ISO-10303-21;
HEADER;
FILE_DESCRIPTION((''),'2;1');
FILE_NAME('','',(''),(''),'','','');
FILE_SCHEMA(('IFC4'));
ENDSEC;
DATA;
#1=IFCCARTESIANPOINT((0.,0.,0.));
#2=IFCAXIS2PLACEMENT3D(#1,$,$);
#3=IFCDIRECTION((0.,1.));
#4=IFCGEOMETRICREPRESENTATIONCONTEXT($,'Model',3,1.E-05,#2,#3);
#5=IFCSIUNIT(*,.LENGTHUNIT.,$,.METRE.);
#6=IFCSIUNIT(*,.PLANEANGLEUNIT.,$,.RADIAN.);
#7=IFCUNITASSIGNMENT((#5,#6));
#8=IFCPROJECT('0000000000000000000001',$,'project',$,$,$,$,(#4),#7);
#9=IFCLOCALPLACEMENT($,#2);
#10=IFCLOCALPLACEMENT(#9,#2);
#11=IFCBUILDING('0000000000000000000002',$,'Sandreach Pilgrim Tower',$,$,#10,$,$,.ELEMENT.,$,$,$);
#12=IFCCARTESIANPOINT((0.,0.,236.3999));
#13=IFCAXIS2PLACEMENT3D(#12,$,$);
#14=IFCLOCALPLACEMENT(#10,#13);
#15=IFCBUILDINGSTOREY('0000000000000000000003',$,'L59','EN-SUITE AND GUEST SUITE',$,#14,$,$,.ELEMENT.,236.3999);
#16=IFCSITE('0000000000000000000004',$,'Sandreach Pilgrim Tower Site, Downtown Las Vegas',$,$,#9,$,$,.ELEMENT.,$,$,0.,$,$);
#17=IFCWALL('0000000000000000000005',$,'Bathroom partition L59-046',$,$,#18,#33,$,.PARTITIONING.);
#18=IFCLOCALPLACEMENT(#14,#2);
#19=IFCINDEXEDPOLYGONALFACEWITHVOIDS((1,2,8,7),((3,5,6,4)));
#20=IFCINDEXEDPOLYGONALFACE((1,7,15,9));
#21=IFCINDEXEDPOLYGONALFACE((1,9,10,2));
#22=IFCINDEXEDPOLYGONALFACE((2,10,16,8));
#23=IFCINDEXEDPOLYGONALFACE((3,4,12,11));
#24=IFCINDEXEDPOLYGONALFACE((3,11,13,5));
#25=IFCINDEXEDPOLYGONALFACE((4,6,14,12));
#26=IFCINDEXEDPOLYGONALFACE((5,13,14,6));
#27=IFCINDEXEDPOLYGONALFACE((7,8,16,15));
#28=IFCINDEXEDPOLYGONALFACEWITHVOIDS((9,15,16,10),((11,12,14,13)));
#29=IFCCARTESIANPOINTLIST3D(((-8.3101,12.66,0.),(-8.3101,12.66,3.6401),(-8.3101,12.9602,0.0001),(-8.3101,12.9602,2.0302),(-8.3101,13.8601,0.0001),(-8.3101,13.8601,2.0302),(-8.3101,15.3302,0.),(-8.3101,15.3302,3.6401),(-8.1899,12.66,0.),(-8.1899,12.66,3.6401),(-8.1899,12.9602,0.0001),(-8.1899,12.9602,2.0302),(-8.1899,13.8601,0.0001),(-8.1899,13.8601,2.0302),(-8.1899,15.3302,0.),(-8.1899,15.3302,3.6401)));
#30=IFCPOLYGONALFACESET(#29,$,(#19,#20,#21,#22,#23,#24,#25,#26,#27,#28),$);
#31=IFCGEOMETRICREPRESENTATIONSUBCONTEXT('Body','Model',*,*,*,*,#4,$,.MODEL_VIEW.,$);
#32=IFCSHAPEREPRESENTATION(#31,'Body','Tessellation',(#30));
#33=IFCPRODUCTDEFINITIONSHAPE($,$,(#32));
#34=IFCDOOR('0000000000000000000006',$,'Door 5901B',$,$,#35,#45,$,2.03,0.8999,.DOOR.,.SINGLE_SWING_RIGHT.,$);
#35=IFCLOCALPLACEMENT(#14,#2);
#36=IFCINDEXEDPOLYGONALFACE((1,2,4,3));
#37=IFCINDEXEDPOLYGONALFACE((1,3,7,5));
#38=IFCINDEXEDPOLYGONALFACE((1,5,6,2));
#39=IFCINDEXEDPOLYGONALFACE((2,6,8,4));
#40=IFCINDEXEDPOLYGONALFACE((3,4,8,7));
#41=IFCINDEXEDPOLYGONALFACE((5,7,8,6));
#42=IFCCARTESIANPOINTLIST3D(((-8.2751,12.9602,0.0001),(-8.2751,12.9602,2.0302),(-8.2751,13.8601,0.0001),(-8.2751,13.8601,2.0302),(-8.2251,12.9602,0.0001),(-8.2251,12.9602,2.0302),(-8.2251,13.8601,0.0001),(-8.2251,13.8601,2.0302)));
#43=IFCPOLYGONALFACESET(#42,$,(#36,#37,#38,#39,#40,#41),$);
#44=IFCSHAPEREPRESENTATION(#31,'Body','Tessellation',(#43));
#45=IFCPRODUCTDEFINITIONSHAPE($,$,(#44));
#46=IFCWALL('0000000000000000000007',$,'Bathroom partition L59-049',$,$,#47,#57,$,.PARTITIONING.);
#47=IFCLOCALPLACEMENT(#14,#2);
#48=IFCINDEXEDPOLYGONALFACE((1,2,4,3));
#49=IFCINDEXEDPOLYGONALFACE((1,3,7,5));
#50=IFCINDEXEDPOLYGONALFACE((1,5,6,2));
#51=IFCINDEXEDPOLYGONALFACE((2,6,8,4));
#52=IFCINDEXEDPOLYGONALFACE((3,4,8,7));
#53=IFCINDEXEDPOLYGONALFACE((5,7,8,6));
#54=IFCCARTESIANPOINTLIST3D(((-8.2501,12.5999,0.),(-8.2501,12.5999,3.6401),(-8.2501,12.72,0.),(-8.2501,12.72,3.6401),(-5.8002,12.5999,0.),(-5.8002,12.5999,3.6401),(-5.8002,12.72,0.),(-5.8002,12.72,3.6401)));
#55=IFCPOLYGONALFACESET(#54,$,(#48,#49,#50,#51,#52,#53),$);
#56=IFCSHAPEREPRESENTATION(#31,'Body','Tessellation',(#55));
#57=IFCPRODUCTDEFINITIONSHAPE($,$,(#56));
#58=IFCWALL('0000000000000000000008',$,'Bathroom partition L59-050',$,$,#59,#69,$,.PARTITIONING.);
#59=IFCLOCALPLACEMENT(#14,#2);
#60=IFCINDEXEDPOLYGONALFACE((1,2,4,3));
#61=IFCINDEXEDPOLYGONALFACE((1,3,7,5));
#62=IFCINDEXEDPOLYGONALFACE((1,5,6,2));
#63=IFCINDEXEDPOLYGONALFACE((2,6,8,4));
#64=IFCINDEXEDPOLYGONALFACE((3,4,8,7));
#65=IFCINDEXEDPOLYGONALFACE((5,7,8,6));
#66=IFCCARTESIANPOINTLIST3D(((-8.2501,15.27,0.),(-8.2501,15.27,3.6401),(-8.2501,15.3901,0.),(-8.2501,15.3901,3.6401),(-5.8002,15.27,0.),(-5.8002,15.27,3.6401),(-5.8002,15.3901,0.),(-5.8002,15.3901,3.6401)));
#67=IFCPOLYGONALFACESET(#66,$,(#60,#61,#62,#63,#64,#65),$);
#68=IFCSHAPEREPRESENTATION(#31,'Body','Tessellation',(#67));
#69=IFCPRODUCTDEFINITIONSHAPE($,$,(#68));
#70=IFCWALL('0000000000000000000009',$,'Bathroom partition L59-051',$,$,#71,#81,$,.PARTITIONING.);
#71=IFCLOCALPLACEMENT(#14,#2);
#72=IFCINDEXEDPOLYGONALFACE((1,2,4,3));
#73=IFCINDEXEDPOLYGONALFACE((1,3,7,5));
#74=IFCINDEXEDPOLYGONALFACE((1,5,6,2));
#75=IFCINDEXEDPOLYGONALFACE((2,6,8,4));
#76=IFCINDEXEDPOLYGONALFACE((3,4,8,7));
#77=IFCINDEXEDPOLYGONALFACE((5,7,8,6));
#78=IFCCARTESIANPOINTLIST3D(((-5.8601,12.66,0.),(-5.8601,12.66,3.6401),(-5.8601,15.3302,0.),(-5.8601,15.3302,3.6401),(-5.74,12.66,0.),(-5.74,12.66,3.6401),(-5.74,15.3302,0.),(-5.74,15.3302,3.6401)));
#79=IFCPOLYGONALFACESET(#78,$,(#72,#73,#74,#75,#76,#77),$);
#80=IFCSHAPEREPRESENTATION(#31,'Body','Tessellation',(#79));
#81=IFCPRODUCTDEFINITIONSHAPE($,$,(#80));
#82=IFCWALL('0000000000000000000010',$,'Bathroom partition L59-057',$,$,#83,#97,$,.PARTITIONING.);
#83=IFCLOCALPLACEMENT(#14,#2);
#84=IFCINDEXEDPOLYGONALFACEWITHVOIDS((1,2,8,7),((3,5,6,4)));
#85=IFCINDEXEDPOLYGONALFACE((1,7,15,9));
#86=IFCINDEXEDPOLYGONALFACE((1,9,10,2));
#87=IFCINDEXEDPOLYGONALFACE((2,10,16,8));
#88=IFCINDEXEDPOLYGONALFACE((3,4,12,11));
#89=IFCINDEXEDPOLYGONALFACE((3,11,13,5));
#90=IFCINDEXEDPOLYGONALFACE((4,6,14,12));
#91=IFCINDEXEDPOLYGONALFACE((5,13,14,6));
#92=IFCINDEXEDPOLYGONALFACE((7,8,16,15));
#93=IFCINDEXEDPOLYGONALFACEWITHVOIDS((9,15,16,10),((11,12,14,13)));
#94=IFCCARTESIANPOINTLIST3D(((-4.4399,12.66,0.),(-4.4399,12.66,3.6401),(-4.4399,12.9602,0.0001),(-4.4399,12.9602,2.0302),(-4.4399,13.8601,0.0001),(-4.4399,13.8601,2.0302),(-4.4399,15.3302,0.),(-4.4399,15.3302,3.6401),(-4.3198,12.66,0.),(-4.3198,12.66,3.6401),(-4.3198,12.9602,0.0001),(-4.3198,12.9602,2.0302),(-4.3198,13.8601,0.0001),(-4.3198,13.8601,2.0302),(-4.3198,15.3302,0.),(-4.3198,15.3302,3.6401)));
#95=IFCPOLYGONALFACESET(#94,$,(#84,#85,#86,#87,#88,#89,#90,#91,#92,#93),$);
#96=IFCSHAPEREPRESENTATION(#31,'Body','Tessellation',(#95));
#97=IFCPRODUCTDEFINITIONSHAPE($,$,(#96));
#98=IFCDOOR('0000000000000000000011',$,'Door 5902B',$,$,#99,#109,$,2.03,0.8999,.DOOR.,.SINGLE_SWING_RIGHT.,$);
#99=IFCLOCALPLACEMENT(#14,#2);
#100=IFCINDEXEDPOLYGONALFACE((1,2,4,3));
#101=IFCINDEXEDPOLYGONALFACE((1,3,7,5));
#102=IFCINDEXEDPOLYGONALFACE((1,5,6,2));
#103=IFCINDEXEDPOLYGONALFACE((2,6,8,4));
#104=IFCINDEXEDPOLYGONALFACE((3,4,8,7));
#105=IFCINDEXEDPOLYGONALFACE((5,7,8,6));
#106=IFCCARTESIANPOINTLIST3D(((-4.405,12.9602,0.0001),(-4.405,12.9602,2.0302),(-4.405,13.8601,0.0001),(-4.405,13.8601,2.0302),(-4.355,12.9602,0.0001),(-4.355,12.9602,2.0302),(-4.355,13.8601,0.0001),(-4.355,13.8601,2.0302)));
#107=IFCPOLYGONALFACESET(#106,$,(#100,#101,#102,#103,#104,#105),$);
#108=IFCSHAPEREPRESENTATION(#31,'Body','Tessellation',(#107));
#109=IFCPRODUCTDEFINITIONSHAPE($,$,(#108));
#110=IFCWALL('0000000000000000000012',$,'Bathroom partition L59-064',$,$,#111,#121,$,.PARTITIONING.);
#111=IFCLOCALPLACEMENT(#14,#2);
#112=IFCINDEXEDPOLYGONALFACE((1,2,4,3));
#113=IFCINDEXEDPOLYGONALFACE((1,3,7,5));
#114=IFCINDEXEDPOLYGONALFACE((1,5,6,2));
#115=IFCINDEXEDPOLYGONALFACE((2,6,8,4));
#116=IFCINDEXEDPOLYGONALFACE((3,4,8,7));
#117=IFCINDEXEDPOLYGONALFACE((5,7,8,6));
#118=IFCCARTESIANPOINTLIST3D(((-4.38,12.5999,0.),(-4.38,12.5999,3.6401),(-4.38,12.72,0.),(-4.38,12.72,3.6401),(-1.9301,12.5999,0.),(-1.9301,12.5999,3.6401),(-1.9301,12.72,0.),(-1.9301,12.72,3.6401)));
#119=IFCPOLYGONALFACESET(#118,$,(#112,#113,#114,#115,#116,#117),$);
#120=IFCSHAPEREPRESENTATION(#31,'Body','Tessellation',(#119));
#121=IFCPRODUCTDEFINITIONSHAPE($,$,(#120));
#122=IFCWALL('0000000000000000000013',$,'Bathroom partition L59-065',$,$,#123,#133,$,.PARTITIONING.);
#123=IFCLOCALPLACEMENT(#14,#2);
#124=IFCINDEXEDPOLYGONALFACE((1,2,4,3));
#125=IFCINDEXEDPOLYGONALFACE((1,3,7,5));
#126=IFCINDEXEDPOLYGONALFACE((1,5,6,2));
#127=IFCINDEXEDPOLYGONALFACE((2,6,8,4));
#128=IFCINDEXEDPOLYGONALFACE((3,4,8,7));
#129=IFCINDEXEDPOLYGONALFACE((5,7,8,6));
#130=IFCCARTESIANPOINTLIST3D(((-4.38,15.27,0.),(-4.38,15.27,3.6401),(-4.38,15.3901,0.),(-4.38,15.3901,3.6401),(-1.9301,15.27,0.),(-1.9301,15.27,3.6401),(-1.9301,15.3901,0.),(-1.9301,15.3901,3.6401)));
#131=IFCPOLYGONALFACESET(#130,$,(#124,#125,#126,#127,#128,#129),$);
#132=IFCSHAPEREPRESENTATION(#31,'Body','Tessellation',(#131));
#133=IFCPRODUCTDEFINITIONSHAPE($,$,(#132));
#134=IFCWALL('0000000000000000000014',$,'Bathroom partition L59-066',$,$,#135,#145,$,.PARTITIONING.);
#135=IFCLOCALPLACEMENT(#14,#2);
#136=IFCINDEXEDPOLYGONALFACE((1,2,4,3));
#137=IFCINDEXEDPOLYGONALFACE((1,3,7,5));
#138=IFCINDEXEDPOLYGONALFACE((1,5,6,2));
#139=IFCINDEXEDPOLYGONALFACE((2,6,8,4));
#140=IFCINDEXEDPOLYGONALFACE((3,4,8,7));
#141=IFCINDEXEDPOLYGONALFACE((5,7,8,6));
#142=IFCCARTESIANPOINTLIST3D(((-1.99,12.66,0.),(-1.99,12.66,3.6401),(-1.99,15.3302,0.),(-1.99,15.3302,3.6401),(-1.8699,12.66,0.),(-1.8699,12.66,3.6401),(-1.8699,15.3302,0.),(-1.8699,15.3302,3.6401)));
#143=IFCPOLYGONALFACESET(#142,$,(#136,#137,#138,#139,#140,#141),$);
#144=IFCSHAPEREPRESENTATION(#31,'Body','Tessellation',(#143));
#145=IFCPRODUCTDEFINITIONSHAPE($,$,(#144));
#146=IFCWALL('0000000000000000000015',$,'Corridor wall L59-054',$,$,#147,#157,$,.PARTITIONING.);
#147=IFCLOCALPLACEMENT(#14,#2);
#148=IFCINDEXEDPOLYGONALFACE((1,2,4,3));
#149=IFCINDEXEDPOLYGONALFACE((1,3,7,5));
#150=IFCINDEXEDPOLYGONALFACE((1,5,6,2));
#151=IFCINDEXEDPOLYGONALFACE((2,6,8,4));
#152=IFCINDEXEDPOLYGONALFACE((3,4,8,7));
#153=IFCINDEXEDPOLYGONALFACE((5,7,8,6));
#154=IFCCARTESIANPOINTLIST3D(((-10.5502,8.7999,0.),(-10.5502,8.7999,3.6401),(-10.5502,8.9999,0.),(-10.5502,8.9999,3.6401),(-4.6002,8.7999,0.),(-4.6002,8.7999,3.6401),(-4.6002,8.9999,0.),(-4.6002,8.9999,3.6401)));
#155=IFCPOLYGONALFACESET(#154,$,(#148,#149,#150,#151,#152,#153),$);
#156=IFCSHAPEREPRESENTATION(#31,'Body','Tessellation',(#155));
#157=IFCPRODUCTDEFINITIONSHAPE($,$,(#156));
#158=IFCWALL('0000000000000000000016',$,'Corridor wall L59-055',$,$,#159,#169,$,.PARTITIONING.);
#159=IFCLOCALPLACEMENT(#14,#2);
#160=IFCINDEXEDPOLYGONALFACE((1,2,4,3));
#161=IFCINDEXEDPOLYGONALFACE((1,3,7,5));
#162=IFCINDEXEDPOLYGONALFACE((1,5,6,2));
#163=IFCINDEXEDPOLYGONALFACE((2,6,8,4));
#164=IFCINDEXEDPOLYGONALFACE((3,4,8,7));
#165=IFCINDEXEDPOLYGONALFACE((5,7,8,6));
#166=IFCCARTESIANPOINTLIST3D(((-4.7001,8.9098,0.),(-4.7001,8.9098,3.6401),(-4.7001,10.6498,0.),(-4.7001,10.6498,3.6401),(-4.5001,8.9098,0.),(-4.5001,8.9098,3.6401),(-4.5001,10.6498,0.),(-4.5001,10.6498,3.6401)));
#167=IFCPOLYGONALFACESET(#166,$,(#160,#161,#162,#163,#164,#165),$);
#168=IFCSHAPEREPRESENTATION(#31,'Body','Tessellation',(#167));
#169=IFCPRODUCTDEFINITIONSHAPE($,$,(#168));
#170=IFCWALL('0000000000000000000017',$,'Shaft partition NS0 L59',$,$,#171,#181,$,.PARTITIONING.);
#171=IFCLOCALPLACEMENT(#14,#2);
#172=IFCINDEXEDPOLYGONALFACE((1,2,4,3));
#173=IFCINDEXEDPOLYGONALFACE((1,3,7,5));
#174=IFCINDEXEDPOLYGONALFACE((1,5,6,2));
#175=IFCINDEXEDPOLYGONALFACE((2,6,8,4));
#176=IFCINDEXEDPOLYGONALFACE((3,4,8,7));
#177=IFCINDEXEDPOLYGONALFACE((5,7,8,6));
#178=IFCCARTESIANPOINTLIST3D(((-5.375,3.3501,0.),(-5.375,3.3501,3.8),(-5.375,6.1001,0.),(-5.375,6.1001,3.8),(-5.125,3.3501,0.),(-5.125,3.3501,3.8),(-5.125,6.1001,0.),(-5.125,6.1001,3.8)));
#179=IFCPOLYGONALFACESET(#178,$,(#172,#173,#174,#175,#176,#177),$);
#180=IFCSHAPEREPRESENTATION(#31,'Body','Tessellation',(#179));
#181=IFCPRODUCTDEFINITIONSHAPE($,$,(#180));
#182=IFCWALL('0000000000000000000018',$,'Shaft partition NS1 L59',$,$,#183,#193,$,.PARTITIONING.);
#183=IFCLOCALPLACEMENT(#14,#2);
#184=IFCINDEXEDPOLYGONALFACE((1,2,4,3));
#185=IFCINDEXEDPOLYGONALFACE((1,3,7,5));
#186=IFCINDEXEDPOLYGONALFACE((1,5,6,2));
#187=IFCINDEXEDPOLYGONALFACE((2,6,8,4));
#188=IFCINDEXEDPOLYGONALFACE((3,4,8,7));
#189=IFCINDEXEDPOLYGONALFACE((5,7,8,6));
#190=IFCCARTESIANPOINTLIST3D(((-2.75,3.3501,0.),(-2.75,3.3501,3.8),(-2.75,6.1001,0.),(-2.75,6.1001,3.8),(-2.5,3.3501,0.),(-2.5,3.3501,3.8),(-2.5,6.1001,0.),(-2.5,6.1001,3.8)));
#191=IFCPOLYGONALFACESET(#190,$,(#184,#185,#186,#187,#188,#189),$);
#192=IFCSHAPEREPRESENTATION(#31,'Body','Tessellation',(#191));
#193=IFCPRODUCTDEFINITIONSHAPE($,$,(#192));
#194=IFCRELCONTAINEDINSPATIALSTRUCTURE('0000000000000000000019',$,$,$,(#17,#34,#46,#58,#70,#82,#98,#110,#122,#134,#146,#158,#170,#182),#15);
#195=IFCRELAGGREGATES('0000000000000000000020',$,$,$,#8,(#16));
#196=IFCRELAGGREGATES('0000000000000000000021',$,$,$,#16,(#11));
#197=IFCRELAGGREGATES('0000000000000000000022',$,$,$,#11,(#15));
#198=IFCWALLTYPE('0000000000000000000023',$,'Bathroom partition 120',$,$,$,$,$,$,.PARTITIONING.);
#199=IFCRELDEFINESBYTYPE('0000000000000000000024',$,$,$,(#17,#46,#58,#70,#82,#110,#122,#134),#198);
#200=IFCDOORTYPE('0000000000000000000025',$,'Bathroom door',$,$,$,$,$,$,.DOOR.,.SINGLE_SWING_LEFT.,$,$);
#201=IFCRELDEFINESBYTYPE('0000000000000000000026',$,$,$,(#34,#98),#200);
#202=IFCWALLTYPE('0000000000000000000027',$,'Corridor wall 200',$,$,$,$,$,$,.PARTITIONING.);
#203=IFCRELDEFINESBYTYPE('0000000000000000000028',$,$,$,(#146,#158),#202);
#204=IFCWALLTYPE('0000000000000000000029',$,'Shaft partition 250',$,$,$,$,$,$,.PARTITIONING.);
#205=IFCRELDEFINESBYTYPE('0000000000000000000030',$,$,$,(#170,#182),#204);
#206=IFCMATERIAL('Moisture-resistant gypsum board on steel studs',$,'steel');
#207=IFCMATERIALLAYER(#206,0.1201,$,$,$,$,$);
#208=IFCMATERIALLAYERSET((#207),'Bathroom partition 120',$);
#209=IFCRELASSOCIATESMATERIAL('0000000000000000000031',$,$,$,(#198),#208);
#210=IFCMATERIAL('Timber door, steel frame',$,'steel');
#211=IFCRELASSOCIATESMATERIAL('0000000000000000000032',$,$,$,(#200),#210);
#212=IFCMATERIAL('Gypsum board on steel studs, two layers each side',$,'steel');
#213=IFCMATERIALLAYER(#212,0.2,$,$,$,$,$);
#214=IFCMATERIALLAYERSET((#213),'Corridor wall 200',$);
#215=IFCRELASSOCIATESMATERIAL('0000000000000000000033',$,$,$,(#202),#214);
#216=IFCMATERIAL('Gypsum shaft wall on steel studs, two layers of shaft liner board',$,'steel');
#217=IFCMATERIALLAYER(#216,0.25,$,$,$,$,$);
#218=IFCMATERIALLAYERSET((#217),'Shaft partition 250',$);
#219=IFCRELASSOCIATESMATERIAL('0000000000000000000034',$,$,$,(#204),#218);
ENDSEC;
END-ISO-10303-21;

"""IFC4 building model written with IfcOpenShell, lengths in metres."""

from ifc_helpers import new_model, si_unit, direction, frame, frame_2d, origin, place, context, subcontext, project, spatial, rectangle, extrude, material, layer, layer_set, type_object, element, fill, save


model = new_model("IFC4")

# Units and contexts
model_context = context("Model", 3, precision=1e-05, world=origin(), true_north=direction((0.0, 1.0)))
body_context = subcontext(model_context, "Body", "Model", "MODEL_VIEW")
ifc_project = project(units=[si_unit("LENGTHUNIT", "METRE"), si_unit("PLANEANGLEUNIT", "RADIAN")], contexts=[model_context])

# Site, building, storey
site_placement = place(None, origin())
site = spatial("IfcSite", under=ifc_project, at=site_placement, Name="Sandreach Pilgrim Tower Site, Downtown Las Vegas", CompositionType="ELEMENT", RefElevation=0.0)
building_placement = place(site_placement, origin())
building = spatial("IfcBuilding", under=site, at=building_placement, Name="Sandreach Pilgrim Tower", CompositionType="ELEMENT")
storey_placement = place(building_placement, frame((0.0, 0.0, 236.3999)))
storey = spatial("IfcBuildingStorey", under=building, at=storey_placement, Name="L59", Description="EN-SUITE AND GUEST SUITE", CompositionType="ELEMENT", Elevation=236.3999)

# Wall, opening, door
ifc_material_1 = material(Name="Moisture-resistant gypsum board on steel studs", Category="steel")
ifc_layer_1 = layer(ifc_material_1, 0.1201)
ifc_layer_set_1 = layer_set([ifc_layer_1], Name="Bathroom partition 120")
wall_type_1 = type_object("IfcWallType", Name="Bathroom partition 120", PredefinedType="PARTITIONING", material=ifc_layer_set_1)
wall_1_placement = place(storey_placement, frame((-8.25, 15.3301, 0.0), z_axis=(0.0, 0.0, 1.0), x_axis=(0.0, -1.0, 0.0)))
wall_1 = element("IfcWall", 1, at=wall_1_placement, inside=storey, type_object=wall_type_1, Name="Bathroom partition L59-046", PredefinedType="PARTITIONING", context=body_context, shape_type="SweptSolid", body=[
    extrude(rectangle(XDim=2.6702, YDim=0.1201, at=frame_2d((1.335, 0.0))), origin(), (0.0, 0.0, 1.0), 3.6401),
])
opening_1_placement = place(wall_1_placement, frame((1.47, 0.0, 0.0)))
opening_1 = element("IfcOpeningElement", 2, at=opening_1_placement, cuts=wall_1, PredefinedType="OPENING", context=body_context, shape_type="SweptSolid", body=[
    extrude(rectangle(XDim=0.8999, YDim=2.03, at=frame_2d((0.45, 1.0151))), frame((0.0, 0.0601, 0.0), z_axis=(0.0, -1.0, 0.0), x_axis=(1.0, 0.0, 0.0)), (0.0, 0.0, 1.0), 0.1201),
])
ifc_material_2 = material(Name="Timber door, steel frame", Category="steel")
door_type_1 = type_object("IfcDoorType", Name="Bathroom door", OperationType="SINGLE_SWING_LEFT", PredefinedType="DOOR", material=ifc_material_2)
door_1_placement = place(opening_1_placement, origin())
door_1 = element("IfcDoor", 3, at=door_1_placement, inside=storey, type_object=door_type_1, Name="Door 5901B", OperationType="SINGLE_SWING_RIGHT", OverallHeight=2.03, OverallWidth=0.8999, PredefinedType="DOOR", context=body_context, shape_type="SweptSolid", body=[
    extrude(rectangle(XDim=0.8999, YDim=2.03, at=frame_2d((0.45, 1.0151))), frame((0.0, 0.0249, 0.0), z_axis=(0.0, -1.0, 0.0), x_axis=(1.0, 0.0, 0.0)), (0.0, 0.0, 1.0), 0.05),
])
fill(opening_1, door_1)

# Walls
for number, where, z_axis, x_axis, name in (
    (4, (-5.8, 12.6599, 0.0), (0.0, 0.0, 1.0), (-1.0, 0.0, 0.0), "Bathroom partition L59-049"),
    (5, (-5.8, 15.3301, 0.0), (0.0, 0.0, 1.0), (-1.0, 0.0, 0.0), "Bathroom partition L59-050"),
):
    element("IfcWall", number, at=place(storey_placement, frame(where, z_axis=z_axis, x_axis=x_axis)), inside=storey, type_object=wall_type_1, Name=name, PredefinedType="PARTITIONING", context=body_context, shape_type="SweptSolid", body=[
        extrude(rectangle(XDim=2.45, YDim=0.1201, at=frame_2d((1.2251, 0.0))), origin(), (0.0, 0.0, 1.0), 3.6401),
    ])
wall_2_placement = place(storey_placement, frame((-5.8, 15.3301, 0.0), z_axis=(0.0, 0.0, 1.0), x_axis=(0.0, -1.0, 0.0)))
element("IfcWall", 6, at=wall_2_placement, inside=storey, type_object=wall_type_1, Name="Bathroom partition L59-051", PredefinedType="PARTITIONING", context=body_context, shape_type="SweptSolid", body=[
    extrude(rectangle(XDim=2.6702, YDim=0.1201, at=frame_2d((1.335, 0.0))), origin(), (0.0, 0.0, 1.0), 3.6401),
])

# Wall, opening, door
wall_3_placement = place(storey_placement, frame((-4.3799, 15.3301, 0.0), z_axis=(0.0, 0.0, 1.0), x_axis=(0.0, -1.0, 0.0)))
wall_3 = element("IfcWall", 7, at=wall_3_placement, inside=storey, type_object=wall_type_1, Name="Bathroom partition L59-057", PredefinedType="PARTITIONING", context=body_context, shape_type="SweptSolid", body=[
    extrude(rectangle(XDim=2.6702, YDim=0.1201, at=frame_2d((1.335, 0.0))), origin(), (0.0, 0.0, 1.0), 3.6401),
])
opening_2_placement = place(wall_3_placement, frame((1.47, 0.0, 0.0)))
opening_2 = element("IfcOpeningElement", 8, at=opening_2_placement, cuts=wall_3, PredefinedType="OPENING", context=body_context, shape_type="SweptSolid", body=[
    extrude(rectangle(XDim=0.8999, YDim=2.03, at=frame_2d((0.45, 1.0151))), frame((0.0, 0.0601, 0.0), z_axis=(0.0, -1.0, 0.0), x_axis=(1.0, 0.0, 0.0)), (0.0, 0.0, 1.0), 0.1201),
])
door_2_placement = place(opening_2_placement, origin())
door_2 = element("IfcDoor", 9, at=door_2_placement, inside=storey, type_object=door_type_1, Name="Door 5902B", OperationType="SINGLE_SWING_RIGHT", OverallHeight=2.03, OverallWidth=0.8999, PredefinedType="DOOR", context=body_context, shape_type="SweptSolid", body=[
    extrude(rectangle(XDim=0.8999, YDim=2.03, at=frame_2d((0.45, 1.0151))), frame((0.0, 0.0249, 0.0), z_axis=(0.0, -1.0, 0.0), x_axis=(1.0, 0.0, 0.0)), (0.0, 0.0, 1.0), 0.05),
])
fill(opening_2, door_2)

# Walls
for number, where, z_axis, x_axis, name in (
    (10, (-1.9299, 12.6599, 0.0), (0.0, 0.0, 1.0), (-1.0, 0.0, 0.0), "Bathroom partition L59-064"),
    (11, (-1.9299, 15.3301, 0.0), (0.0, 0.0, 1.0), (-1.0, 0.0, 0.0), "Bathroom partition L59-065"),
):
    element("IfcWall", number, at=place(storey_placement, frame(where, z_axis=z_axis, x_axis=x_axis)), inside=storey, type_object=wall_type_1, Name=name, PredefinedType="PARTITIONING", context=body_context, shape_type="SweptSolid", body=[
        extrude(rectangle(XDim=2.45, YDim=0.1201, at=frame_2d((1.2251, 0.0))), origin(), (0.0, 0.0, 1.0), 3.6401),
    ])
wall_4_placement = place(storey_placement, frame((-1.9299, 15.3301, 0.0), z_axis=(0.0, 0.0, 1.0), x_axis=(0.0, -1.0, 0.0)))
element("IfcWall", 12, at=wall_4_placement, inside=storey, type_object=wall_type_1, Name="Bathroom partition L59-066", PredefinedType="PARTITIONING", context=body_context, shape_type="SweptSolid", body=[
    extrude(rectangle(XDim=2.6702, YDim=0.1201, at=frame_2d((1.335, 0.0))), origin(), (0.0, 0.0, 1.0), 3.6401),
])

# Walls
ifc_material_3 = material(Name="Gypsum board on steel studs, two layers each side", Category="steel")
ifc_layer_2 = layer(ifc_material_3, 0.2)
ifc_layer_set_2 = layer_set([ifc_layer_2], Name="Corridor wall 200")
wall_type_2 = type_object("IfcWallType", Name="Corridor wall 200", PredefinedType="PARTITIONING", material=ifc_layer_set_2)
wall_5_placement = place(storey_placement, frame((-4.6001, 8.8999, 0.0), z_axis=(0.0, 0.0, 1.0), x_axis=(-1.0, 0.0, 0.0)))
element("IfcWall", 13, at=wall_5_placement, inside=storey, type_object=wall_type_2, Name="Corridor wall L59-054", PredefinedType="PARTITIONING", context=body_context, shape_type="SweptSolid", body=[
    extrude(rectangle(XDim=5.95, YDim=0.2, at=frame_2d((2.9751, 0.0))), origin(), (0.0, 0.0, 1.0), 3.6401),
])
wall_6_placement = place(storey_placement, frame((-4.6001, 10.6499, 0.0), z_axis=(0.0, 0.0, 1.0), x_axis=(0.0, -1.0, 0.0)))
element("IfcWall", 14, at=wall_6_placement, inside=storey, type_object=wall_type_2, Name="Corridor wall L59-055", PredefinedType="PARTITIONING", context=body_context, shape_type="SweptSolid", body=[
    extrude(rectangle(XDim=1.74, YDim=0.2, at=frame_2d((0.8701, 0.0))), origin(), (0.0, 0.0, 1.0), 3.6401),
])

# Walls
ifc_material_4 = material(Name="Gypsum shaft wall on steel studs, two layers of shaft liner board", Category="steel")
ifc_layer_3 = layer(ifc_material_4, 0.25)
ifc_layer_set_3 = layer_set([ifc_layer_3], Name="Shaft partition 250")
wall_type_3 = type_object("IfcWallType", Name="Shaft partition 250", PredefinedType="PARTITIONING", material=ifc_layer_set_3)
for number, where, z_axis, x_axis, name in (
    (15, (-5.25, 3.3501, 0.0), (0.0, 0.0, 1.0), (0.0, 1.0, 0.0), "Shaft partition NS0 L59"),
    (16, (-2.625, 3.3501, 0.0), (0.0, 0.0, 1.0), (0.0, 1.0, 0.0), "Shaft partition NS1 L59"),
):
    element("IfcWall", number, at=place(storey_placement, frame(where, z_axis=z_axis, x_axis=x_axis)), inside=storey, type_object=wall_type_3, Name=name, PredefinedType="PARTITIONING", context=body_context, shape_type="SweptSolid", body=[
        extrude(rectangle(XDim=2.75, YDim=0.25, at=frame_2d((1.375, 0.0))), origin(), (0.0, 0.0, 1.0), 3.8),
    ])

save(model, "model.ifc")
